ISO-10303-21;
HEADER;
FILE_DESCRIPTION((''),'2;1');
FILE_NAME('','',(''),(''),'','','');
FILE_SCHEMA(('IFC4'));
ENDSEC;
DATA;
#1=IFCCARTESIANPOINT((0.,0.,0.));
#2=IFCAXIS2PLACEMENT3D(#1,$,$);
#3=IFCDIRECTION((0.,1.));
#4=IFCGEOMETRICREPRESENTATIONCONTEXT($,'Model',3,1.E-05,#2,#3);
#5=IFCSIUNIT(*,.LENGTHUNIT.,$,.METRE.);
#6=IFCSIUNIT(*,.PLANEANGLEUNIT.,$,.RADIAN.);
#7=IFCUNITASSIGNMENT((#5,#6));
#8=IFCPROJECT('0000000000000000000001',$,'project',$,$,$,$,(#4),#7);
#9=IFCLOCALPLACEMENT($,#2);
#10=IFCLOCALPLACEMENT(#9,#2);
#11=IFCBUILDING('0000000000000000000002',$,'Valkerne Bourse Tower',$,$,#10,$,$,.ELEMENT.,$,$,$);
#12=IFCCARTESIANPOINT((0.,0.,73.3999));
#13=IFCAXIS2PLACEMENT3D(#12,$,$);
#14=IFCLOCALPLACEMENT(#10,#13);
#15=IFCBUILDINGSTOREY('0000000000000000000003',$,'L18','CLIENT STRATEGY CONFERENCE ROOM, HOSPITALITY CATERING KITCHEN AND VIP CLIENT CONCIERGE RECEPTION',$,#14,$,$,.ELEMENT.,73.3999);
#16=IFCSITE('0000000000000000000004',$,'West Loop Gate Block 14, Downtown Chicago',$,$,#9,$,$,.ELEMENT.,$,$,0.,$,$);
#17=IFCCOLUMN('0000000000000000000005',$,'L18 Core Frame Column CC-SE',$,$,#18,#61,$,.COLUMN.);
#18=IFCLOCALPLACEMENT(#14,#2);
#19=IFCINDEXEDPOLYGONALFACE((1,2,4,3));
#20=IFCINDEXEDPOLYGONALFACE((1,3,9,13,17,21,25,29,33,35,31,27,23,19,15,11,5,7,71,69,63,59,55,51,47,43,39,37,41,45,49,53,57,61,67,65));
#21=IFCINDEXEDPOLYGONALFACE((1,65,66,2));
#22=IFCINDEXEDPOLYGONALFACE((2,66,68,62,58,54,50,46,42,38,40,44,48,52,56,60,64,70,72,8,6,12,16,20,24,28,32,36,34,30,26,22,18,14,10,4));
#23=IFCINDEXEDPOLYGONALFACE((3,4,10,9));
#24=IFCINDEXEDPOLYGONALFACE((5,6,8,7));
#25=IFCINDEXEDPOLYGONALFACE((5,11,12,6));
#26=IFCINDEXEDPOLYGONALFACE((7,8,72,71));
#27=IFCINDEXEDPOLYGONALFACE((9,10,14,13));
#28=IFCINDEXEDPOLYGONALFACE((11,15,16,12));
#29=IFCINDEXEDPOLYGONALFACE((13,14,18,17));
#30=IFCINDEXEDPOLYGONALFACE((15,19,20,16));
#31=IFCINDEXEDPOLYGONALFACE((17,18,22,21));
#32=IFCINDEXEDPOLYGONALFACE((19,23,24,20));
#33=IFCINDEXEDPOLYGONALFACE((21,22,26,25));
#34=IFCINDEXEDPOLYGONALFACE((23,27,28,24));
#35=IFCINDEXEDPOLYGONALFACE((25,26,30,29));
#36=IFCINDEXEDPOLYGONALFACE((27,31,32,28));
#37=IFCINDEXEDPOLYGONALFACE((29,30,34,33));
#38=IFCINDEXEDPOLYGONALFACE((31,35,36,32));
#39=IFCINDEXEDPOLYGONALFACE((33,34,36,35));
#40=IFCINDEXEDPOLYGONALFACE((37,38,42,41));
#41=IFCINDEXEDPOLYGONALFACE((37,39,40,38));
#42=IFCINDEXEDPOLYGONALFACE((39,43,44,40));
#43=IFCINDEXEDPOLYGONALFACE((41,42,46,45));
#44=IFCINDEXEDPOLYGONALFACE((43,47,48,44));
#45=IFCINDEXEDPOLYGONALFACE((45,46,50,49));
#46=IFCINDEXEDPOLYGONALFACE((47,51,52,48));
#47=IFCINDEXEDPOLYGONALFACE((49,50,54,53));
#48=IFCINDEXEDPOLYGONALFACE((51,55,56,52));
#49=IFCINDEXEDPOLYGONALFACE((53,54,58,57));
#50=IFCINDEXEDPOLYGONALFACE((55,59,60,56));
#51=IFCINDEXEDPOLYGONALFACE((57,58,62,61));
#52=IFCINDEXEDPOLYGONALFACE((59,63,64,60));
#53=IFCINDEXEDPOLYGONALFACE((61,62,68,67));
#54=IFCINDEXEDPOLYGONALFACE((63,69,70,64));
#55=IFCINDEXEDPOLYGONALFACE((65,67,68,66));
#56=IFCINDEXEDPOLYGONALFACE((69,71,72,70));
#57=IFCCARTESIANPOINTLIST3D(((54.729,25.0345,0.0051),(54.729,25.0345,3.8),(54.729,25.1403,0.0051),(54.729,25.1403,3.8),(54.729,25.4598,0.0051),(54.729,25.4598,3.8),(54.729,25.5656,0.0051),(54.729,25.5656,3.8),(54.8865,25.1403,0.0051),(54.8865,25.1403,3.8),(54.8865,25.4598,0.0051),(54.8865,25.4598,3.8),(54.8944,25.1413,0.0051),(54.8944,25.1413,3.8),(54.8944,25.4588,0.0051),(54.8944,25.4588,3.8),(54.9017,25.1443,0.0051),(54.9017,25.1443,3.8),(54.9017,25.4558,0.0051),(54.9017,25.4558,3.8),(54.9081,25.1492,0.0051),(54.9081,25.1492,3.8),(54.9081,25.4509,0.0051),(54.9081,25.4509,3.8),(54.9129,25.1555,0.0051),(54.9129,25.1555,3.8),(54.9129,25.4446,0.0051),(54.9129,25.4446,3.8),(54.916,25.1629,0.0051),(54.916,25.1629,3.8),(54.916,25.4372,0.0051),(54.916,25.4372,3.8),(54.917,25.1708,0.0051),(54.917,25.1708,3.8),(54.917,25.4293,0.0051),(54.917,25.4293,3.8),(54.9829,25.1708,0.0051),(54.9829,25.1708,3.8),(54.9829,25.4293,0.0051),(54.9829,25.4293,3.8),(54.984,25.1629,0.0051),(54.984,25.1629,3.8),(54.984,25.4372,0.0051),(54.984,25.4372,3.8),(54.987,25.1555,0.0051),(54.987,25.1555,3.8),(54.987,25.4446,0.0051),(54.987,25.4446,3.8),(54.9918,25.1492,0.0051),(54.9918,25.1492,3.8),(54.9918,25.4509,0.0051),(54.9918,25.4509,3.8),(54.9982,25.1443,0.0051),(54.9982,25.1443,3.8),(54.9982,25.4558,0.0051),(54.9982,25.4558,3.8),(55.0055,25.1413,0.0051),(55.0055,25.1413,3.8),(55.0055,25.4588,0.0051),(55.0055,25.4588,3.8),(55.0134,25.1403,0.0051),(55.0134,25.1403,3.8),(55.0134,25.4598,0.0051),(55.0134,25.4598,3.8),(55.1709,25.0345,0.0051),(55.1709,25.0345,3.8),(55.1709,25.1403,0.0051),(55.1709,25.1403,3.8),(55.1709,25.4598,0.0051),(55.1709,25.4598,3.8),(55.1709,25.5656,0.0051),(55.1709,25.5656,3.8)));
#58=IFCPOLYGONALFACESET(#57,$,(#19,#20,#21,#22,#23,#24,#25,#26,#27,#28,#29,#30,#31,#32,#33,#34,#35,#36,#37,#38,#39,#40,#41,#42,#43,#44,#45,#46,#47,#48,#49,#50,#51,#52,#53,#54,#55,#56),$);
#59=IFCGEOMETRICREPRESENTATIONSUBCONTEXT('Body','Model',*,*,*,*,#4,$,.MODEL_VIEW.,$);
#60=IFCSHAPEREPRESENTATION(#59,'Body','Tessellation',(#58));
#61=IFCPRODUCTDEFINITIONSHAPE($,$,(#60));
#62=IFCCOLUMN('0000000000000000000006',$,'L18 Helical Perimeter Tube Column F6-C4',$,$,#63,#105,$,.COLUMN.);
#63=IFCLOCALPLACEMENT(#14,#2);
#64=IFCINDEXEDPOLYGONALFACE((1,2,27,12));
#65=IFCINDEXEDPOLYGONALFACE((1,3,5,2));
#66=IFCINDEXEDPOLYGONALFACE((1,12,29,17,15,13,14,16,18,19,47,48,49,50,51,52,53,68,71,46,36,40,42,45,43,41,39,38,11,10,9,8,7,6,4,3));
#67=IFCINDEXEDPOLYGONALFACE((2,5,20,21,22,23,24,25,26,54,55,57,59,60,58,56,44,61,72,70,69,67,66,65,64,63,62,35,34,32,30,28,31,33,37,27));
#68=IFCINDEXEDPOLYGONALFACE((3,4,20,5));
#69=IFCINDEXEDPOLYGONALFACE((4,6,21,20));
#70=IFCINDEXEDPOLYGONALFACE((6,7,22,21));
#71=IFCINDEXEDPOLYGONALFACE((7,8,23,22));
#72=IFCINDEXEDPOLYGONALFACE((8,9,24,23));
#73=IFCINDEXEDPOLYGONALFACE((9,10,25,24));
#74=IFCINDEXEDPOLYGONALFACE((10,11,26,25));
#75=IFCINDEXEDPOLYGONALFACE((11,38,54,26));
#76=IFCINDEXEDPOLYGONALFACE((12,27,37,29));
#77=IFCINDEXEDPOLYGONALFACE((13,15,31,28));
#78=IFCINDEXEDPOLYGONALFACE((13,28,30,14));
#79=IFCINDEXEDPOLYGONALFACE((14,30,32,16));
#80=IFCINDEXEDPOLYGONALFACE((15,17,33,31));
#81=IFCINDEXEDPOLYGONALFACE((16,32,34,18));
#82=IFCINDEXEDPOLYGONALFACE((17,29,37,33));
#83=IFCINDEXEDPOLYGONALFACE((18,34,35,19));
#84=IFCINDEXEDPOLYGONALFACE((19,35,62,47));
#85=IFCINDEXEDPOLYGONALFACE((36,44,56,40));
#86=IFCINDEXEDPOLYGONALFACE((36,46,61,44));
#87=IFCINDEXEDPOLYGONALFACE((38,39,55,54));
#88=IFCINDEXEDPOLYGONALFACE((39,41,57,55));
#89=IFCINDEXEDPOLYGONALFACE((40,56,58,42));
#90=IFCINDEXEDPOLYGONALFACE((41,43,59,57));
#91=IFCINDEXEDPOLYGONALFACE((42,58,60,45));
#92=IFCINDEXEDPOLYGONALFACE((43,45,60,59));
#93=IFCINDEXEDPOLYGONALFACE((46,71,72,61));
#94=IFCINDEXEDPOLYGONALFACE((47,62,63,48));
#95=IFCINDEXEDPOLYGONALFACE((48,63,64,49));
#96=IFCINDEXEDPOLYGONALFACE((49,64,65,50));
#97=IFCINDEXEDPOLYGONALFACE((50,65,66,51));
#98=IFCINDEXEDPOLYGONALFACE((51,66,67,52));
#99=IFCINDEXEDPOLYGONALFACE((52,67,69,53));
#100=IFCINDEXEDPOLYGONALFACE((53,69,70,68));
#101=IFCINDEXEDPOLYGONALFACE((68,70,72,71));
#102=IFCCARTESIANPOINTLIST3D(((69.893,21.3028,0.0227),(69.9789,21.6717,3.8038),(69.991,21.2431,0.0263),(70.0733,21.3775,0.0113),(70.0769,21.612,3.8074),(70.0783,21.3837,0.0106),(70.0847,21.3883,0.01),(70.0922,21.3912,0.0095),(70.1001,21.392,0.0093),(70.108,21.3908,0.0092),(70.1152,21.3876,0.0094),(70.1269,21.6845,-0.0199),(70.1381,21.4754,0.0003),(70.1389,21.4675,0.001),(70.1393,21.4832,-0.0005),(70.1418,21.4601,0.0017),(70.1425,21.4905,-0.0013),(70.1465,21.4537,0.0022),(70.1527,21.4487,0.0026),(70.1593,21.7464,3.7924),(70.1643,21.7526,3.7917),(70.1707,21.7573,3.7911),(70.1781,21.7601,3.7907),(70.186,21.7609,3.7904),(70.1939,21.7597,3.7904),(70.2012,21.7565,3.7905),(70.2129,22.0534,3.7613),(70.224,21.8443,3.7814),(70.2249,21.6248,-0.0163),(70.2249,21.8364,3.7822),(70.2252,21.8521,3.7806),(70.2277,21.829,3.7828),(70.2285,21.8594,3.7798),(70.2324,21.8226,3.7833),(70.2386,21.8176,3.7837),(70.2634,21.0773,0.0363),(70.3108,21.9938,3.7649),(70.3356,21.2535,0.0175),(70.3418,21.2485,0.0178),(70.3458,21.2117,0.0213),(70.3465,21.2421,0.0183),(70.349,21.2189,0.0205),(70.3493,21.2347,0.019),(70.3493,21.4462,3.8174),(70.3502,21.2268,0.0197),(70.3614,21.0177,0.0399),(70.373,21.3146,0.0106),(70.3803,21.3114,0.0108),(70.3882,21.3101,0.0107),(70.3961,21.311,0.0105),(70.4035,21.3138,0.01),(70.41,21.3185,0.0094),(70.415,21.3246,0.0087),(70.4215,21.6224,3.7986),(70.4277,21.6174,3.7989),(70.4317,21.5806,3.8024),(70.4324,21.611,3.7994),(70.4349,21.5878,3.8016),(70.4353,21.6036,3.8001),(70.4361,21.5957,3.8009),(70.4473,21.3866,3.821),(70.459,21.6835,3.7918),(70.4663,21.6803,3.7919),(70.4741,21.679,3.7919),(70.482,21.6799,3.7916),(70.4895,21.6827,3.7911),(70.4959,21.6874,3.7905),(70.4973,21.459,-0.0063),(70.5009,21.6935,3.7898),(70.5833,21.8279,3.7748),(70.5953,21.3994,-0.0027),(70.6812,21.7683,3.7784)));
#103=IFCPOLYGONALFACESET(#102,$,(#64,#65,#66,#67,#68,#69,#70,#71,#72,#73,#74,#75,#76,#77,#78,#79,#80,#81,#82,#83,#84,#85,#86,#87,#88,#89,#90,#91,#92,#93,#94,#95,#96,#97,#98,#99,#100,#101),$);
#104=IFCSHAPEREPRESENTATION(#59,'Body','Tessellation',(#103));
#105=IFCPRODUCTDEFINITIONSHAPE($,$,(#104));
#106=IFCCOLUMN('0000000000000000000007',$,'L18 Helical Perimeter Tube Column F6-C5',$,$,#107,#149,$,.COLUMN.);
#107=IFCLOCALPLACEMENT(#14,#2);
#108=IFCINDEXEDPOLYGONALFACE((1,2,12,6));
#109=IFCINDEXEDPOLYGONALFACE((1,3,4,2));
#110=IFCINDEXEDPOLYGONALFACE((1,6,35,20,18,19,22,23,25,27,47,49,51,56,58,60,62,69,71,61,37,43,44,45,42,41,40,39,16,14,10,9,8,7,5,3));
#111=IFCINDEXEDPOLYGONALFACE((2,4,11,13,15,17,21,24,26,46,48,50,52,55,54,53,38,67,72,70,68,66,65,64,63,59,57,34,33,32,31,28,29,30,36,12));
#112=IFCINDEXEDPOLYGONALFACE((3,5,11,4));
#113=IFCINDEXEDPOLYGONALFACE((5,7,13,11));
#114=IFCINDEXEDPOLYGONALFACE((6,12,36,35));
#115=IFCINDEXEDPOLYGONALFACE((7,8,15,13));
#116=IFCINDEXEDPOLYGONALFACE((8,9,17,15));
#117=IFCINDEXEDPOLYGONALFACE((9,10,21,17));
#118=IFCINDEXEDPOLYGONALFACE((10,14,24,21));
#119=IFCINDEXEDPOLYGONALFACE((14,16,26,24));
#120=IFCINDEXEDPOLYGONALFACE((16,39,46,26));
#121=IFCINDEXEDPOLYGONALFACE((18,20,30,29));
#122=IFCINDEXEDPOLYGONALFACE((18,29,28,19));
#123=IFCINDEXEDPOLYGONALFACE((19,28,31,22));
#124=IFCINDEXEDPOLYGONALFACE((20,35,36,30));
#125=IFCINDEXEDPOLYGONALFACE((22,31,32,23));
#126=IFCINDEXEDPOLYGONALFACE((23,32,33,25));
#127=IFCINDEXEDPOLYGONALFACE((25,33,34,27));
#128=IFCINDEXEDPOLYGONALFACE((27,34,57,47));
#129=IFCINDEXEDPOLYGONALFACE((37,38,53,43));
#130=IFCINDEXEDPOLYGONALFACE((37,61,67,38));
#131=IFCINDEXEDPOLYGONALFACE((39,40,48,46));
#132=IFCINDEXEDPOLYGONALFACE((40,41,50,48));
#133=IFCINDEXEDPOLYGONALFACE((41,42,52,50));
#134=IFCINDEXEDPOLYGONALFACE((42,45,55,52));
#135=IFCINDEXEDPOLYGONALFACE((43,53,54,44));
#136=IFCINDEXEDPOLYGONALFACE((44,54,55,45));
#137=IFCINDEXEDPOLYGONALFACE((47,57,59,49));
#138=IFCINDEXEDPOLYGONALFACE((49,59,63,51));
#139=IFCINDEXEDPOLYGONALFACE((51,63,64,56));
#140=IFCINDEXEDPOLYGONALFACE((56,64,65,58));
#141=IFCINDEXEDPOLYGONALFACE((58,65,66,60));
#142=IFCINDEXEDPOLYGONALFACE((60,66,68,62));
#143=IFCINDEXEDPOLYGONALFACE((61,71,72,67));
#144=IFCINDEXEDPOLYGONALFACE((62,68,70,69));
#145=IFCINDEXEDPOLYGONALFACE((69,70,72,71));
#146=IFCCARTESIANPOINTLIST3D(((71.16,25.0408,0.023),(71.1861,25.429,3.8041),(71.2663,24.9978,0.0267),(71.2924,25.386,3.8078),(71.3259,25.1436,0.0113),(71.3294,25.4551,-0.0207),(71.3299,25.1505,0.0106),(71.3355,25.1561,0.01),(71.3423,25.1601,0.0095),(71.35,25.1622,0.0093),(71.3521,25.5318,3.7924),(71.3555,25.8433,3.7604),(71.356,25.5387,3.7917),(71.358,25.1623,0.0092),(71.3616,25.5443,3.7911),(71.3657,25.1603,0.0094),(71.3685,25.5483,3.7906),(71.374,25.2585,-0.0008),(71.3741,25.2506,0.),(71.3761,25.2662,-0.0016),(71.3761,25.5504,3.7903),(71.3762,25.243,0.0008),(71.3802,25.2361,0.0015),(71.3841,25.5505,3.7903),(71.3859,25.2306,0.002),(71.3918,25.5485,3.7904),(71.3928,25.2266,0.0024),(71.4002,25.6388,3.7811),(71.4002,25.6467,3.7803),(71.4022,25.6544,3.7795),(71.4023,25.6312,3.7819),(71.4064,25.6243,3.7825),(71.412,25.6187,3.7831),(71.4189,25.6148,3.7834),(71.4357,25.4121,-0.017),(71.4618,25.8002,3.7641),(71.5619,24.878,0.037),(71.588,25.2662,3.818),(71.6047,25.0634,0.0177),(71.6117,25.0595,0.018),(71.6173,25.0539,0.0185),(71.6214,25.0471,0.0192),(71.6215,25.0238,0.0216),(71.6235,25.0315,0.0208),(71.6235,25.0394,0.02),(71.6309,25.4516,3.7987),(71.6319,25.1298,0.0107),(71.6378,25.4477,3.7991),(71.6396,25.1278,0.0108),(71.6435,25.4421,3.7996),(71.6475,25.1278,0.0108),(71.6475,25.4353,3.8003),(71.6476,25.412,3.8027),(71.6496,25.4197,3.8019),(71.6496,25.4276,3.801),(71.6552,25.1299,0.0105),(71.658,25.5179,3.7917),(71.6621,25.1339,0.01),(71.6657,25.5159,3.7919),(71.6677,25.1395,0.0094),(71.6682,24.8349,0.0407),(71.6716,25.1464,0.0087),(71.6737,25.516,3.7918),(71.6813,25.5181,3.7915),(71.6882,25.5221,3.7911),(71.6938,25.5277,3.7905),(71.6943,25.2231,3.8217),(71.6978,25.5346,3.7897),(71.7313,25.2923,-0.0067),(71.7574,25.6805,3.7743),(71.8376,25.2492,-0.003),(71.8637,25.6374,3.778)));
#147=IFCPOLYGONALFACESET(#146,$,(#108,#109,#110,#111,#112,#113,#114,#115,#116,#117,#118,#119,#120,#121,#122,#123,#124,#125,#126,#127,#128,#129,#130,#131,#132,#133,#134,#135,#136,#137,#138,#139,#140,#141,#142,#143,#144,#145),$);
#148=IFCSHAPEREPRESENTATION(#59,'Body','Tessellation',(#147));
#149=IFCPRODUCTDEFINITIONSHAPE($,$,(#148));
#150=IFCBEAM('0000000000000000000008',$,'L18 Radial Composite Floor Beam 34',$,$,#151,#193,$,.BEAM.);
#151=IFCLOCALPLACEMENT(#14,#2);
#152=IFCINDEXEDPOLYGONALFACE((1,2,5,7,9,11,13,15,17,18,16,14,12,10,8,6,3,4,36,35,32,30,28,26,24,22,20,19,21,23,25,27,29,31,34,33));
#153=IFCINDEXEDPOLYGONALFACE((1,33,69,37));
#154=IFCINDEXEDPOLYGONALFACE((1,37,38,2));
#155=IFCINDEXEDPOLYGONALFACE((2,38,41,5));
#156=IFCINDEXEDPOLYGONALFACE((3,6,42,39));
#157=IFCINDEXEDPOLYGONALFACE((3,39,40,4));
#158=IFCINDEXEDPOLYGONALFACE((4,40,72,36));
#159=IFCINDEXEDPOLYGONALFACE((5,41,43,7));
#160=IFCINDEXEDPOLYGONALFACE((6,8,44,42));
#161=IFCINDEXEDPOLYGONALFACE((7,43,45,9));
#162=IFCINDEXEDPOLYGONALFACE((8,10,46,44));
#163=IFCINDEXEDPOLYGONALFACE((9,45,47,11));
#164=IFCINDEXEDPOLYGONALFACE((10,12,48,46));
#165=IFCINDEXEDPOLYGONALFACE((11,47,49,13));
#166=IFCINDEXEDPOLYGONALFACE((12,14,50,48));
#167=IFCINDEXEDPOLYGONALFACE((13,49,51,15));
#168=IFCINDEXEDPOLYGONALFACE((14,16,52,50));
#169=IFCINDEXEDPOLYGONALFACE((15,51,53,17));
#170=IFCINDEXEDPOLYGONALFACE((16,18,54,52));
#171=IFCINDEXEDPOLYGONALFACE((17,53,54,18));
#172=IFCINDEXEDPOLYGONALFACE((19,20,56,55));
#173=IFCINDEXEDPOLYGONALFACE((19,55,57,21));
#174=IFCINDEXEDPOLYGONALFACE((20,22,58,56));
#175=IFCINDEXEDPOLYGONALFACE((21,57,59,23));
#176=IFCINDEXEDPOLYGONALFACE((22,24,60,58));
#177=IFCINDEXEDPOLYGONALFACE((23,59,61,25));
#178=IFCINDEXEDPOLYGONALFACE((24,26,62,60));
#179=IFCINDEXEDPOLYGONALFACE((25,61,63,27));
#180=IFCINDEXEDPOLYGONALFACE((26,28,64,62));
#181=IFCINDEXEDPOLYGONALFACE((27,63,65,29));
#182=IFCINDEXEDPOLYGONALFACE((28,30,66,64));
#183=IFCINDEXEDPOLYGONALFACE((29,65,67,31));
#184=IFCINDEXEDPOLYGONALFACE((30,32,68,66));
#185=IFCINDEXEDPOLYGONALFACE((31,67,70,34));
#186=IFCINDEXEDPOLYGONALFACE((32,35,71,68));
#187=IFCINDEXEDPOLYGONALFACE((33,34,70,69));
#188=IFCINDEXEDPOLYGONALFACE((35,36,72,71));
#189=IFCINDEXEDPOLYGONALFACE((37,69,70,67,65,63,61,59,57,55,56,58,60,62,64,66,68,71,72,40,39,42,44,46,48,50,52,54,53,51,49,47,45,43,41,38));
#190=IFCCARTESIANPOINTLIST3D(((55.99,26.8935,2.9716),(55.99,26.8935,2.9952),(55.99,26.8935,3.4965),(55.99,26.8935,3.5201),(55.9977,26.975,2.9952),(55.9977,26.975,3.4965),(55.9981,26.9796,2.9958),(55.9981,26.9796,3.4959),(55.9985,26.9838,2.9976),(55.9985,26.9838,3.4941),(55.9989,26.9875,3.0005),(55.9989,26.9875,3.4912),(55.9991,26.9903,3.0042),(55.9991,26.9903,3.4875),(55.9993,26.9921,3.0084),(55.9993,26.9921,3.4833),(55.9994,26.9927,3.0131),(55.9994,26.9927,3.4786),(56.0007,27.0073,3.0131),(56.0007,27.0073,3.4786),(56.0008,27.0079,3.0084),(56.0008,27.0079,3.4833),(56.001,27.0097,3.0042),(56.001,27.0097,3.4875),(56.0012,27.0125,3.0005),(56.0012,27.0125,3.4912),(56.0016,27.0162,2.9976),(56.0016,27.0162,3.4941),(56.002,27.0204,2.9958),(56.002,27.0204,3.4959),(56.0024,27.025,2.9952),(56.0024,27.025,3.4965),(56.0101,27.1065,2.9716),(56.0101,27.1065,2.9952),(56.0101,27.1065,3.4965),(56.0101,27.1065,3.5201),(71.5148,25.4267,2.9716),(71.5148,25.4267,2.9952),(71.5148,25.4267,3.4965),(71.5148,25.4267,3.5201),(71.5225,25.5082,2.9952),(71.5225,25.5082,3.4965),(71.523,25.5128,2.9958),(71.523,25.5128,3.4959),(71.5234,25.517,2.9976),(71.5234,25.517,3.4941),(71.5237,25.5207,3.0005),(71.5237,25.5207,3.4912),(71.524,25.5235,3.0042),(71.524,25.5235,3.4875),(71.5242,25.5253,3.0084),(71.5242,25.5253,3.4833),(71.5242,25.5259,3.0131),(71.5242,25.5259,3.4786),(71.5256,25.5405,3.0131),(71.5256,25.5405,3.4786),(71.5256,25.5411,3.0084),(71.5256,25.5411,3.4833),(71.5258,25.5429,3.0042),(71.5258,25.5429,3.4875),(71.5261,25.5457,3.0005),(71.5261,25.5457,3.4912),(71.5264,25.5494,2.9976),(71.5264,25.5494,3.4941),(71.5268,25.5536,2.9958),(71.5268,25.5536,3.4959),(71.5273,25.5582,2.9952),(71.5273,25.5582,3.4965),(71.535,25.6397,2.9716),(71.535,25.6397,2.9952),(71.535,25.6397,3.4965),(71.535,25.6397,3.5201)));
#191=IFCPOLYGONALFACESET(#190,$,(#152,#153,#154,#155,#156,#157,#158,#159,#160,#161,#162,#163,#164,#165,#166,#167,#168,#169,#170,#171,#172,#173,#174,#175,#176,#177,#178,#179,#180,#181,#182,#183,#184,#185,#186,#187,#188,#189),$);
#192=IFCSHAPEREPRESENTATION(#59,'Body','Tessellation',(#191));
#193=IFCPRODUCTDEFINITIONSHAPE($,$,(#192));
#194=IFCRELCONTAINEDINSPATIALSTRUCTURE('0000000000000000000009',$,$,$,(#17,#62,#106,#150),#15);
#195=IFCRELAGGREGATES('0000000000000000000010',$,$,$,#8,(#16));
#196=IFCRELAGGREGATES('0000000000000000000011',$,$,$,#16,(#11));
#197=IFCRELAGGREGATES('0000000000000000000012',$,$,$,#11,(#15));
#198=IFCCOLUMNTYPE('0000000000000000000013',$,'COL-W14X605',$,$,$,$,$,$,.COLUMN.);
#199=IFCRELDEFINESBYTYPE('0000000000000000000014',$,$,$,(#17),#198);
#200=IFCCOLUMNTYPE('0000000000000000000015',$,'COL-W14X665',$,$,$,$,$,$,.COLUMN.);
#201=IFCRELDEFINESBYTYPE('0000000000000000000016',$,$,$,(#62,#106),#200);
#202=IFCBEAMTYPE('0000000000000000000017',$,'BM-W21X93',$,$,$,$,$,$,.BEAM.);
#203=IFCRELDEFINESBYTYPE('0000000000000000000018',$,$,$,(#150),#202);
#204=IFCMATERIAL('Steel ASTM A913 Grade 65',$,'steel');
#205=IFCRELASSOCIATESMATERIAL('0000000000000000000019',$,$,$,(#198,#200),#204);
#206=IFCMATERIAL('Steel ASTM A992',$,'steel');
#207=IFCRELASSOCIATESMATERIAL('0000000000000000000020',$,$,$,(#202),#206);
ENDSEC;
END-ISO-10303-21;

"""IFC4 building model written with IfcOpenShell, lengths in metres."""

from ifc_helpers import new_model, si_unit, direction, frame, origin, origin_2d, place, context, subcontext, project, spatial, i_section, extrude, material, material_profile, profile_set, type_object, element, save


model = new_model("IFC4")

# Units and contexts
model_context = context("Model", 3, precision=1e-05, world=origin(), true_north=direction((0.0, 1.0)))
body_context = subcontext(model_context, "Body", "Model", "MODEL_VIEW")
ifc_project = project(units=[si_unit("LENGTHUNIT", "METRE"), si_unit("PLANEANGLEUNIT", "RADIAN")], contexts=[model_context])

# Site, building, storey
site_placement = place(None, origin())
site = spatial("IfcSite", under=ifc_project, at=site_placement, Name="West Loop Gate Block 14, Downtown Chicago", CompositionType="ELEMENT", RefElevation=0.0)
building_placement = place(site_placement, origin())
building = spatial("IfcBuilding", under=site, at=building_placement, Name="Valkerne Bourse Tower", CompositionType="ELEMENT")
storey_placement = place(building_placement, frame((0.0, 0.0, 73.3999)))
storey = spatial("IfcBuildingStorey", under=building, at=storey_placement, Name="L18", Description="CLIENT STRATEGY CONFERENCE ROOM, HOSPITALITY CATERING KITCHEN AND VIP CLIENT CONCIERGE RECEPTION", CompositionType="ELEMENT", Elevation=73.3999)

# Columns
ifc_material_1 = material(Name="Steel ASTM A913 Grade 65", Category="steel")
ifc_material_profile_1 = material_profile(ifc_material_1, i_section(OverallWidth=0.4419, OverallDepth=0.531, WebThickness=0.0659, FlangeThickness=0.1057, FilletRadius=0.0305, at=origin_2d()), Name="W14X605")
ifc_profile_set_1 = profile_set([ifc_material_profile_1], Name="Steel ASTM A913 Grade 65")
column_type_1 = type_object("IfcColumnType", Name="COL-W14X605", PredefinedType="COLUMN", material=ifc_profile_set_1)
column_1_placement = place(storey_placement, frame((54.95, 25.3, 0.0051), z_axis=(0.0, 0.0, 1.0), x_axis=(1.0, 0.0, 0.0)))
element("IfcColumn", 1, at=column_1_placement, inside=storey, type_object=column_type_1, Name="L18 Core Frame Column CC-SE", PredefinedType="COLUMN", context=body_context, shape_type="SweptSolid", body=[
    extrude(i_section(OverallWidth=0.4419, OverallDepth=0.531, WebThickness=0.0659, FlangeThickness=0.1057, FilletRadius=0.0305, at=origin_2d()), origin(), (0.0, 0.0, 1.0), 3.7949),
])
ifc_material_profile_2 = material_profile(ifc_material_1, i_section(OverallWidth=0.4497, OverallDepth=0.5486, WebThickness=0.072, FlangeThickness=0.1147, FilletRadius=0.0305, at=origin_2d()), Name="W14X665")
ifc_profile_set_2 = profile_set([ifc_material_profile_2], Name="Steel ASTM A913 Grade 65")
column_type_2 = type_object("IfcColumnType", Name="COL-W14X665", PredefinedType="COLUMN", material=ifc_profile_set_2)
column_2_placement = place(storey_placement, frame((70.2441, 21.3511, 0.01), z_axis=(0.022616, 0.09708, 0.99502), x_axis=(-0.52014, -0.848822, 0.094638)))
element("IfcColumn", 2, at=column_2_placement, inside=storey, type_object=column_type_2, Name="L18 Helical Perimeter Tube Column F6-C4", PredefinedType="COLUMN", context=body_context, shape_type="SweptSolid", body=[
    extrude(i_section(OverallWidth=0.4497, OverallDepth=0.5486, WebThickness=0.072, FlangeThickness=0.1147, FilletRadius=0.0305, at=origin_2d()), origin(), (0.0, 0.0, 1.0), 3.8),
])
column_3_placement = place(storey_placement, frame((71.4988, 25.145, 0.01), z_axis=(0.006873, 0.102128, 0.994748), x_axis=(-0.376697, -0.921225, 0.097182)))
element("IfcColumn", 3, at=column_3_placement, inside=storey, type_object=column_type_2, Name="L18 Helical Perimeter Tube Column F6-C5", PredefinedType="COLUMN", context=body_context, shape_type="SweptSolid", body=[
    extrude(i_section(OverallWidth=0.4497, OverallDepth=0.5486, WebThickness=0.072, FlangeThickness=0.1147, FilletRadius=0.0305, at=origin_2d()), origin(), (0.0, 0.0, 1.0), 3.801),
])

# Beam
ifc_material_2 = material(Name="Steel ASTM A992", Category="steel")
ifc_material_profile_3 = material_profile(ifc_material_2, i_section(OverallWidth=0.2139, OverallDepth=0.5486, WebThickness=0.0146, FlangeThickness=0.0237, FilletRadius=0.0178, at=origin_2d()), Name="W21X93")
ifc_profile_set_3 = profile_set([ifc_material_profile_3], Name="Steel ASTM A992")
beam_type_1 = type_object("IfcBeamType", Name="BM-W21X93", PredefinedType="BEAM", material=ifc_profile_set_3)
beam_1_placement = place(storey_placement, frame((71.5249, 25.5332, 3.2458), z_axis=(-0.995566, 0.094061, 0.0), x_axis=(-0.094061, -0.995566, 0.0)))
element("IfcBeam", 4, at=beam_1_placement, inside=storey, type_object=beam_type_1, Name="L18 Radial Composite Floor Beam 34", PredefinedType="BEAM", context=body_context, shape_type="SweptSolid", body=[
    extrude(i_section(OverallWidth=0.2139, OverallDepth=0.5486, WebThickness=0.0146, FlangeThickness=0.0237, FilletRadius=0.0178, at=origin_2d()), origin(), (0.0, 0.0, 1.0), 15.594),
])

save(model, "model.ifc")
